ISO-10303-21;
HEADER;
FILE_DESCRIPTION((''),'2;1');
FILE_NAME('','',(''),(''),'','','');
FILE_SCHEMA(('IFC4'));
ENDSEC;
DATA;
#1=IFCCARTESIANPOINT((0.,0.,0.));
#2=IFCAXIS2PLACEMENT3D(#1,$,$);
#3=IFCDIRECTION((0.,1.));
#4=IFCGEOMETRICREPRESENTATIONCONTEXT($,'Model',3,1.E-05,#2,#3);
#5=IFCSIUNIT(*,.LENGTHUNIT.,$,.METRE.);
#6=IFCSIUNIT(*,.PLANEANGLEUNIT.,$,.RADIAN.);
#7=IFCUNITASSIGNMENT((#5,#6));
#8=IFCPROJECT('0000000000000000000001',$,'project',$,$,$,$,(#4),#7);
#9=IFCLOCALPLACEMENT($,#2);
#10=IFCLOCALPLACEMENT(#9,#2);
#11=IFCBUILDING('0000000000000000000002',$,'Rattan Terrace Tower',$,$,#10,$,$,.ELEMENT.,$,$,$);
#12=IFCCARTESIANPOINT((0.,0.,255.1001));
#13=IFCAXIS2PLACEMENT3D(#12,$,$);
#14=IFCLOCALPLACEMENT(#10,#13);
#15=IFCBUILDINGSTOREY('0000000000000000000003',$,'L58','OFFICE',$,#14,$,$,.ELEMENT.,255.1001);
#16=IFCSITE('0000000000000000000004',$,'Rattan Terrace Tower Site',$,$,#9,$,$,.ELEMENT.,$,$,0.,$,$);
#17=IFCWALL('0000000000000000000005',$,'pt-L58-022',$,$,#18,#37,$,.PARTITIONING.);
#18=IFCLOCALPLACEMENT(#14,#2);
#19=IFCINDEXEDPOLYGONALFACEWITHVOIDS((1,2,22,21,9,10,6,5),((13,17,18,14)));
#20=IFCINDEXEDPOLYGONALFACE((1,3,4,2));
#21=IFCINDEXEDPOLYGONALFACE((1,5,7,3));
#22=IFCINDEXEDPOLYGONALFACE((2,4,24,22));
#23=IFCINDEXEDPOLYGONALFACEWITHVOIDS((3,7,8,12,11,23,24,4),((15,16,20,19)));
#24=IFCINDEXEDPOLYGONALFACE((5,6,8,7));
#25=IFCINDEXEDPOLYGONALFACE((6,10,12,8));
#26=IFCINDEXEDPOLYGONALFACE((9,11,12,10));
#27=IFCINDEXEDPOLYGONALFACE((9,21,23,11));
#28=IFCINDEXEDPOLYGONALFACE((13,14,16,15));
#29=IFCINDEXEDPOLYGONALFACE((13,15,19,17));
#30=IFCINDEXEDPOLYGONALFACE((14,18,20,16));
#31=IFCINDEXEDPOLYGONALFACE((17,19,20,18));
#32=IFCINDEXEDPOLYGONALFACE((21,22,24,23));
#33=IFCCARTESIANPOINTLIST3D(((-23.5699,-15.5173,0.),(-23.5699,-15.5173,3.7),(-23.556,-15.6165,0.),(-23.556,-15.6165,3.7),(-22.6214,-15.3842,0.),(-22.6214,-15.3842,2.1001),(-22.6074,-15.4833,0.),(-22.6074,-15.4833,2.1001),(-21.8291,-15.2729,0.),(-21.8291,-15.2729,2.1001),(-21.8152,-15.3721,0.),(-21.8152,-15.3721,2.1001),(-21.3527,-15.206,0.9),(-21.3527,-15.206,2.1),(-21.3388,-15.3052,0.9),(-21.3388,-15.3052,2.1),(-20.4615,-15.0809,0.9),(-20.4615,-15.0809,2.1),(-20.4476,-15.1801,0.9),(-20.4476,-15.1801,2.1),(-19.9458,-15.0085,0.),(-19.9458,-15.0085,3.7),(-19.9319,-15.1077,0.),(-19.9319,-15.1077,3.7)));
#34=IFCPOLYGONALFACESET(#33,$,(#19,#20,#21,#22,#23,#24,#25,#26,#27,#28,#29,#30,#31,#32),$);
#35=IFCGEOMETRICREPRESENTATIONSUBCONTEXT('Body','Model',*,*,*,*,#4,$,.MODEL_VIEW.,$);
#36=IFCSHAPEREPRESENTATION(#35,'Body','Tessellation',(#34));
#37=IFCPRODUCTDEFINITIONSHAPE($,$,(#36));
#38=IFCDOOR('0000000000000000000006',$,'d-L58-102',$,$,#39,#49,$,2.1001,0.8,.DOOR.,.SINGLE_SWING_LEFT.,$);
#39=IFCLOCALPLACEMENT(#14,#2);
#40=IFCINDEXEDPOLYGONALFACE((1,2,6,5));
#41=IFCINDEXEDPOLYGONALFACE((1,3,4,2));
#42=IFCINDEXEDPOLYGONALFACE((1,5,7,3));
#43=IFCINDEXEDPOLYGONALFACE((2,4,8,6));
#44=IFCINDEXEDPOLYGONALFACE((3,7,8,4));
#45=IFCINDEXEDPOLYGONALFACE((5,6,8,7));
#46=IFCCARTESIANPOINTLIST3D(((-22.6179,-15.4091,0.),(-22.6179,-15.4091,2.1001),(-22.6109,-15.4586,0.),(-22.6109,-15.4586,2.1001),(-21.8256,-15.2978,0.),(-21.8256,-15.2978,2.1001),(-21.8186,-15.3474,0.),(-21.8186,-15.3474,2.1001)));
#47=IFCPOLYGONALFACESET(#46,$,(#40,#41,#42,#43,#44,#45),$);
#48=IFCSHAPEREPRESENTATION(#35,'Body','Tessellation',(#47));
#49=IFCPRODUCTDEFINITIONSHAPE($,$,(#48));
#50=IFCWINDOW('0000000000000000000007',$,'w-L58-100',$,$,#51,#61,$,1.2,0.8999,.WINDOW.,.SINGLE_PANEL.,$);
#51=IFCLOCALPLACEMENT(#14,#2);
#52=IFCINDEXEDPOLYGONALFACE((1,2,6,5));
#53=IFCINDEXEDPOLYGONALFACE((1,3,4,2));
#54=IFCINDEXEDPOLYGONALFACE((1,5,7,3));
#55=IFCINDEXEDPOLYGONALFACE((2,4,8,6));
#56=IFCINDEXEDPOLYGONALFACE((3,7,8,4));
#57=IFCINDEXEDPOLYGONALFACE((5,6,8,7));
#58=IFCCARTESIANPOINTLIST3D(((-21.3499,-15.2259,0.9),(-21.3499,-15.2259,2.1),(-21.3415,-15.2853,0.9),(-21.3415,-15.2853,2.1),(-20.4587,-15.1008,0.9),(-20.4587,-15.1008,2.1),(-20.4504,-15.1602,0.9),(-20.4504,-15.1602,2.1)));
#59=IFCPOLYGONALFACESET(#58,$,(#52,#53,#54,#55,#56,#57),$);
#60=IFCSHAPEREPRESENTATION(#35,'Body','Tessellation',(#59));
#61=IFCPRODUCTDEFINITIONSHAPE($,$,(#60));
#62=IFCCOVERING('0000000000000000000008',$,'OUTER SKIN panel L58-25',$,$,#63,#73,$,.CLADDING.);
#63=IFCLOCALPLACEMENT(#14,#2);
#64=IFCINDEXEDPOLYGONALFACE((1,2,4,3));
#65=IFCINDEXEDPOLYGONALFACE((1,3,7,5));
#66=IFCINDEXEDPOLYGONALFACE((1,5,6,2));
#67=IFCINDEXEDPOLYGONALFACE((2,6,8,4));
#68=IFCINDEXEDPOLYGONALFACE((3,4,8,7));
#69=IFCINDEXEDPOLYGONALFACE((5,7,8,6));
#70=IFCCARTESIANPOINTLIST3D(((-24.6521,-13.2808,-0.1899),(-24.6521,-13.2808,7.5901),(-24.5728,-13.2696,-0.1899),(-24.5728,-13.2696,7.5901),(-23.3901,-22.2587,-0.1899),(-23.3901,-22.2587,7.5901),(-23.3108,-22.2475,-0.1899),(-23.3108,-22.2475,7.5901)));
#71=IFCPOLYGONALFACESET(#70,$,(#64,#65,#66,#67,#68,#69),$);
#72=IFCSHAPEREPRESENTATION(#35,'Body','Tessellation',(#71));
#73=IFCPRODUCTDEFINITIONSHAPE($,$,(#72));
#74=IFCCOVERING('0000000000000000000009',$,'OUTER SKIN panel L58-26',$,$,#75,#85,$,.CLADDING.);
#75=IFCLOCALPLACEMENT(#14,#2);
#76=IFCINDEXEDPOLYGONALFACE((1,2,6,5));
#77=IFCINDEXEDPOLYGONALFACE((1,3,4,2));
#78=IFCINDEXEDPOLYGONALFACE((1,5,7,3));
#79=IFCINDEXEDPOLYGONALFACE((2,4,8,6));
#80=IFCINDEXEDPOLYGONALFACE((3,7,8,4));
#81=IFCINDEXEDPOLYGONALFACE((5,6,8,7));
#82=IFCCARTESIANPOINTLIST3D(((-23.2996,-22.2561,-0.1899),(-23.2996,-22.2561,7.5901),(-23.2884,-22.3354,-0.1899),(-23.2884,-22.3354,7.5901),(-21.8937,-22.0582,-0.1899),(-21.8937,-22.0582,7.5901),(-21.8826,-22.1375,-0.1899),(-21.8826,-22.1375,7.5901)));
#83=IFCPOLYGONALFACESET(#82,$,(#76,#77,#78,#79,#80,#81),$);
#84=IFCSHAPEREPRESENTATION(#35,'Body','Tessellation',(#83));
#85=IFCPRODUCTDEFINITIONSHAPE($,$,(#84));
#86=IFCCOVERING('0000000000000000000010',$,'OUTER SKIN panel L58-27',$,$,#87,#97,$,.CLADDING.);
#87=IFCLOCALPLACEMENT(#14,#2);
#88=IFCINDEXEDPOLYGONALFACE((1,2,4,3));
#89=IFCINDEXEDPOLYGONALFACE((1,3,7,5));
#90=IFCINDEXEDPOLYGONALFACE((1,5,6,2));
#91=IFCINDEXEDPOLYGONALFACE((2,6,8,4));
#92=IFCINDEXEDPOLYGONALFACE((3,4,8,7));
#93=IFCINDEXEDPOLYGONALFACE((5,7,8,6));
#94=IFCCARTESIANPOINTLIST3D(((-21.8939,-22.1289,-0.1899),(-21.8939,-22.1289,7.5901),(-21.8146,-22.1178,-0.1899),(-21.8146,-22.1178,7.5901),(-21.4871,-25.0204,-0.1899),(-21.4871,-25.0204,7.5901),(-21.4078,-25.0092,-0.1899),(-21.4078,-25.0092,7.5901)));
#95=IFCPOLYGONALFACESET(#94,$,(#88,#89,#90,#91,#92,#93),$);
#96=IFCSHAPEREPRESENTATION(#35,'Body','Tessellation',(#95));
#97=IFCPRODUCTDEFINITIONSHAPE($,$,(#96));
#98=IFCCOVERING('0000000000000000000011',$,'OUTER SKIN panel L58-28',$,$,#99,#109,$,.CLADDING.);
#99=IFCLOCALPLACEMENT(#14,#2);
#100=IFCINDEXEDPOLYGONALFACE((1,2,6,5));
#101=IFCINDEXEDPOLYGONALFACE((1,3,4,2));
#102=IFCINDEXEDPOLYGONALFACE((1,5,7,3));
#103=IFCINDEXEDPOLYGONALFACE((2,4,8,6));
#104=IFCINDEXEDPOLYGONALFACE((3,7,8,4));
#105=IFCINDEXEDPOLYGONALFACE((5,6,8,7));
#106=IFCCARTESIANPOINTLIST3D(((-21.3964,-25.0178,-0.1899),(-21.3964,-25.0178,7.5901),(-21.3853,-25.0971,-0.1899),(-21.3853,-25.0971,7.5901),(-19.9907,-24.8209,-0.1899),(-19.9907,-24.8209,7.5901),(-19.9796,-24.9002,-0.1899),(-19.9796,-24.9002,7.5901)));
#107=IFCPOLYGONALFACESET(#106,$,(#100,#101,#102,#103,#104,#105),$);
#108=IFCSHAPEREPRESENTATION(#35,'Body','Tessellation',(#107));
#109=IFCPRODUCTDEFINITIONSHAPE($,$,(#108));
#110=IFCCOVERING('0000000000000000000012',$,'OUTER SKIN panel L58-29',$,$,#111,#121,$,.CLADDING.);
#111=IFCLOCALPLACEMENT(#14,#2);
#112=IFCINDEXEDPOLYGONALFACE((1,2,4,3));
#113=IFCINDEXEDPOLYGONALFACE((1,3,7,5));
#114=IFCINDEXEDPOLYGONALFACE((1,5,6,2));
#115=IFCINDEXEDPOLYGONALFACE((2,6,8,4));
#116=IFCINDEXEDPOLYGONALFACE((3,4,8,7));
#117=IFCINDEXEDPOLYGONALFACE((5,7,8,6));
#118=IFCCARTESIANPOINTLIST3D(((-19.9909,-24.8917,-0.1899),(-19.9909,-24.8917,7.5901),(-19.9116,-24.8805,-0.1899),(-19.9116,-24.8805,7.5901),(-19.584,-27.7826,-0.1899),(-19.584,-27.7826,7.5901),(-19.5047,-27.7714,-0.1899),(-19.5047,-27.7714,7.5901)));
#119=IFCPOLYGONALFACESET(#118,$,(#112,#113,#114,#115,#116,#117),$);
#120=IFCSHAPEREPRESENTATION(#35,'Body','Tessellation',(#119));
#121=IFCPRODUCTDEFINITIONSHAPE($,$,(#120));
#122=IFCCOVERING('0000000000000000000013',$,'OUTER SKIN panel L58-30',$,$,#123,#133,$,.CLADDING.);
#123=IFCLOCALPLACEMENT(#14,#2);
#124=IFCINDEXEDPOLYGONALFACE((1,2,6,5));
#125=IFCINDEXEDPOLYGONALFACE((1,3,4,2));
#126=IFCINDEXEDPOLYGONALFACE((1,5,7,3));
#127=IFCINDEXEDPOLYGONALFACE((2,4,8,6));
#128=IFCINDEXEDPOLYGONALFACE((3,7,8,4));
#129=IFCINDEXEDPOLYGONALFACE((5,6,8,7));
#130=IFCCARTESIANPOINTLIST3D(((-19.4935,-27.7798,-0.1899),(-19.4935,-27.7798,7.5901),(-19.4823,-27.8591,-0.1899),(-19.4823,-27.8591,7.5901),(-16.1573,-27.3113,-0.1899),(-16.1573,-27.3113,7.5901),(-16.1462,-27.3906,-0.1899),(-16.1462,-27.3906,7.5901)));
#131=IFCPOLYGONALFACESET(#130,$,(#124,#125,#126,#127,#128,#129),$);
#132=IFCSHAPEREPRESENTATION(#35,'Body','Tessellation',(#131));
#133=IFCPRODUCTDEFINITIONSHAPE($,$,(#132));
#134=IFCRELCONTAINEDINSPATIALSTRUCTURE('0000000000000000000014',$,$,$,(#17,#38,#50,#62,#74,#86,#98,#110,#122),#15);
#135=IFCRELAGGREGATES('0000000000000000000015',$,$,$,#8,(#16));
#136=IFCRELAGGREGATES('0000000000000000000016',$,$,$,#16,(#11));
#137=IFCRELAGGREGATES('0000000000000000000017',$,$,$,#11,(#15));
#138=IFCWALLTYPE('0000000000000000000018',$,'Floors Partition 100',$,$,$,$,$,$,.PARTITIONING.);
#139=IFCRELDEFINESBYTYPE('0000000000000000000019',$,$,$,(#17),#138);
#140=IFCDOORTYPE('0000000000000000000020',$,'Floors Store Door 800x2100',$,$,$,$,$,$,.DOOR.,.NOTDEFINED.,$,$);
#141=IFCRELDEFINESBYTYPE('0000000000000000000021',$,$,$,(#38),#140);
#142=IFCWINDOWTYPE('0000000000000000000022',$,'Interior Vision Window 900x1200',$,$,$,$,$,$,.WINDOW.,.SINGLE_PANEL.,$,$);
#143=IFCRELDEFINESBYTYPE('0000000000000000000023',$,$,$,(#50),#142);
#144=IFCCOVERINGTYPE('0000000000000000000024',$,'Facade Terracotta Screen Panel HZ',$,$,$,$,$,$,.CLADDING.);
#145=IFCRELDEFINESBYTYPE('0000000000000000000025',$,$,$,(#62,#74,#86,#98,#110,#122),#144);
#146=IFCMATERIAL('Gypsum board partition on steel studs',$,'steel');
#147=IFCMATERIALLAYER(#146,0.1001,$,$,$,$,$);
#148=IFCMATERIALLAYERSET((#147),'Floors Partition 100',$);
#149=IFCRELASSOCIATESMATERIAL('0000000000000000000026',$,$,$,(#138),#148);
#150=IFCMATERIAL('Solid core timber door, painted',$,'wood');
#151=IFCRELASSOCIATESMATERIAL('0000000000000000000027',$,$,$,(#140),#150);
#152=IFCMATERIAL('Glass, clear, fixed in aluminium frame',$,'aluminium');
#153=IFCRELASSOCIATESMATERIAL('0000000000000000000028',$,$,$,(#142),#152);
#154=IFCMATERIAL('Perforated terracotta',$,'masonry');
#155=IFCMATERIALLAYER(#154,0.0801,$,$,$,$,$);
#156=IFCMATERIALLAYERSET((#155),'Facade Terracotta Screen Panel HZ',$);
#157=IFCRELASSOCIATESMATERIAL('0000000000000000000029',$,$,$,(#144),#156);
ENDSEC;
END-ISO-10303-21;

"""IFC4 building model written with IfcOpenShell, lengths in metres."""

from ifc_helpers import new_model, si_unit, direction, frame, frame_2d, origin, origin_2d, place, context, subcontext, project, spatial, rectangle, extrude, material, layer, layer_set, type_object, element, fill, save


model = new_model("IFC4")

# Units and contexts
model_context = context("Model", 3, precision=1e-05, world=origin(), true_north=direction((0.0, 1.0)))
body_context = subcontext(model_context, "Body", "Model", "MODEL_VIEW")
ifc_project = project(units=[si_unit("LENGTHUNIT", "METRE"), si_unit("PLANEANGLEUNIT", "RADIAN")], contexts=[model_context])

# Site, building, storey
site_placement = place(None, origin())
site = spatial("IfcSite", under=ifc_project, at=site_placement, Name="Rattan Terrace Tower Site", CompositionType="ELEMENT", RefElevation=0.0)
building_placement = place(site_placement, origin())
building = spatial("IfcBuilding", under=site, at=building_placement, Name="Rattan Terrace Tower", CompositionType="ELEMENT")
storey_placement = place(building_placement, frame((0.0, 0.0, 255.1001)))
storey = spatial("IfcBuildingStorey", under=building, at=storey_placement, Name="L58", Description="OFFICE", CompositionType="ELEMENT", Elevation=255.1001)

# Wall, openings, door, window
ifc_material_1 = material(Name="Gypsum board partition on steel studs", Category="steel")
ifc_layer_1 = layer(ifc_material_1, 0.1001)
ifc_layer_set_1 = layer_set([ifc_layer_1], Name="Floors Partition 100")
wall_type_1 = type_object("IfcWallType", Name="Floors Partition 100", PredefinedType="PARTITIONING", material=ifc_layer_set_1)
wall_1_placement = place(storey_placement, frame((-23.563, -15.5669, 0.0), z_axis=(0.0, 0.0, 1.0), x_axis=(0.990288, 0.13903, 0.0)))
wall_1 = element("IfcWall", 1, at=wall_1_placement, inside=storey, type_object=wall_type_1, Name="pt-L58-022", PredefinedType="PARTITIONING", context=body_context, shape_type="SweptSolid", body=[
    extrude(rectangle(XDim=3.6597, YDim=0.1001, at=frame_2d((1.8298, 0.0))), origin(), (0.0, 0.0, 1.0), 3.7),
])
opening_1_placement = place(wall_1_placement, frame((0.958, 0.0, 0.0)))
opening_1 = element("IfcOpeningElement", 2, at=opening_1_placement, cuts=wall_1, PredefinedType="OPENING", context=body_context, shape_type="SweptSolid", body=[
    extrude(rectangle(XDim=0.8, YDim=2.1001, at=frame_2d((0.3999, 1.05))), frame((0.0, 0.0605, 0.0), z_axis=(0.0, -1.0, 0.0), x_axis=(1.0, 0.0, 0.0)), (0.0, 0.0, 1.0), 0.1211),
])
opening_2_placement = place(wall_1_placement, frame((2.239, 0.0, 0.8999)))
opening_2 = element("IfcOpeningElement", 3, at=opening_2_placement, cuts=wall_1, PredefinedType="OPENING", context=body_context, shape_type="SweptSolid", body=[
    extrude(rectangle(XDim=0.8999, YDim=1.2, at=frame_2d((0.45, 0.6001))), frame((0.0, 0.0605, 0.0), z_axis=(0.0, -1.0, 0.0), x_axis=(1.0, 0.0, 0.0)), (0.0, 0.0, 1.0), 0.1211),
])
ifc_material_2 = material(Name="Solid core timber door, painted", Category="wood")
door_type = type_object("IfcDoorType", Name="Floors Store Door 800x2100", OperationType="NOTDEFINED", PredefinedType="DOOR", material=ifc_material_2)
door_placement = place(opening_1_placement, origin())
door = element("IfcDoor", 4, at=door_placement, inside=storey, type_object=door_type, Name="d-L58-102", OperationType="SINGLE_SWING_LEFT", OverallHeight=2.1001, OverallWidth=0.8, PredefinedType="DOOR", context=body_context, shape_type="SweptSolid", body=[
    extrude(rectangle(XDim=0.8, YDim=2.1001, at=frame_2d((0.3999, 1.05))), frame((0.0, 0.0249, 0.0), z_axis=(0.0, -1.0, 0.0), x_axis=(1.0, 0.0, 0.0)), (0.0, 0.0, 1.0), 0.05),
])
fill(opening_1, door)
ifc_material_3 = material(Name="Glass, clear, fixed in aluminium frame", Category="aluminium")
window_type = type_object("IfcWindowType", Name="Interior Vision Window 900x1200", PartitioningType="SINGLE_PANEL", PredefinedType="WINDOW", material=ifc_material_3)
window_placement = place(opening_2_placement, origin())
window = element("IfcWindow", 5, at=window_placement, inside=storey, type_object=window_type, Name="w-L58-100", OverallHeight=1.2, OverallWidth=0.8999, PartitioningType="SINGLE_PANEL", PredefinedType="WINDOW", context=body_context, shape_type="SweptSolid", body=[
    extrude(rectangle(XDim=0.8999, YDim=1.2, at=frame_2d((0.45, 0.6001))), frame((0.0, 0.03, 0.0), z_axis=(0.0, -1.0, 0.0), x_axis=(1.0, 0.0, 0.0)), (0.0, 0.0, 1.0), 0.0601),
])
fill(opening_2, window)

# Coverings
ifc_material_4 = material(Name="Perforated terracotta", Category="masonry")
ifc_layer_2 = layer(ifc_material_4, 0.0801)
ifc_layer_set_2 = layer_set([ifc_layer_2], Name="Facade Terracotta Screen Panel HZ")
covering_type = type_object("IfcCoveringType", Name="Facade Terracotta Screen Panel HZ", PredefinedType="CLADDING", material=ifc_layer_set_2)
covering_1_placement = place(storey_placement, frame((-23.9814, -17.7642, -0.1899), z_axis=(0.0, 0.0, 1.0), x_axis=(0.139192, -0.990265, 0.0)))
element("IfcCovering", 6, at=covering_1_placement, inside=storey, type_object=covering_type, Name="OUTER SKIN panel L58-25", PredefinedType="CLADDING", context=body_context, shape_type="SweptSolid", body=[
    extrude(rectangle(XDim=9.0662, YDim=0.0801, at=origin_2d()), origin(), (0.0, 0.0, 1.0), 7.78),
])
covering_2_placement = place(storey_placement, frame((-22.5911, -22.1968, -0.1899), z_axis=(0.0, 0.0, 1.0), x_axis=(0.990241, 0.139367, 0.0)))
element("IfcCovering", 7, at=covering_2_placement, inside=storey, type_object=covering_type, Name="OUTER SKIN panel L58-26", PredefinedType="CLADDING", context=body_context, shape_type="SweptSolid", body=[
    extrude(rectangle(XDim=1.4197, YDim=0.0801, at=origin_2d()), origin(), (0.0, 0.0, 1.0), 7.78),
])
covering_3_placement = place(storey_placement, frame((-21.6509, -23.5691, -0.1899), z_axis=(0.0, 0.0, 1.0), x_axis=(0.139321, -0.990247, 0.0)))
element("IfcCovering", 8, at=covering_3_placement, inside=storey, type_object=covering_type, Name="OUTER SKIN panel L58-27", PredefinedType="CLADDING", context=body_context, shape_type="SweptSolid", body=[
    extrude(rectangle(XDim=2.9199, YDim=0.0801, at=origin_2d()), origin(), (0.0, 0.0, 1.0), 7.78),
])
covering_4_placement = place(storey_placement, frame((-20.688, -24.959, -0.1899), z_axis=(0.0, 0.0, 1.0), x_axis=(0.990333, 0.138713, 0.0)))
element("IfcCovering", 9, at=covering_4_placement, inside=storey, type_object=covering_type, Name="OUTER SKIN panel L58-28", PredefinedType="CLADDING", context=body_context, shape_type="SweptSolid", body=[
    extrude(rectangle(XDim=1.4194, YDim=0.0801, at=origin_2d()), origin(), (0.0, 0.0, 1.0), 7.78),
])
covering_5_placement = place(storey_placement, frame((-19.7478, -26.3315, -0.1899), z_axis=(0.0, 0.0, 1.0), x_axis=(0.139367, -0.990241, 0.0)))
element("IfcCovering", 10, at=covering_5_placement, inside=storey, type_object=covering_type, Name="OUTER SKIN panel L58-29", PredefinedType="CLADDING", context=body_context, shape_type="SweptSolid", body=[
    extrude(rectangle(XDim=2.9194, YDim=0.0801, at=origin_2d()), origin(), (0.0, 0.0, 1.0), 7.78),
])
covering_6_placement = place(storey_placement, frame((-17.8198, -27.5852, -0.1899), z_axis=(0.0, 0.0, 1.0), x_axis=(0.990287, 0.13904, 0.0)))
element("IfcCovering", 11, at=covering_6_placement, inside=storey, type_object=covering_type, Name="OUTER SKIN panel L58-30", PredefinedType="CLADDING", context=body_context, shape_type="SweptSolid", body=[
    extrude(rectangle(XDim=3.3689, YDim=0.0801, at=origin_2d()), origin(), (0.0, 0.0, 1.0), 7.78),
])

save(model, "model.ifc")
